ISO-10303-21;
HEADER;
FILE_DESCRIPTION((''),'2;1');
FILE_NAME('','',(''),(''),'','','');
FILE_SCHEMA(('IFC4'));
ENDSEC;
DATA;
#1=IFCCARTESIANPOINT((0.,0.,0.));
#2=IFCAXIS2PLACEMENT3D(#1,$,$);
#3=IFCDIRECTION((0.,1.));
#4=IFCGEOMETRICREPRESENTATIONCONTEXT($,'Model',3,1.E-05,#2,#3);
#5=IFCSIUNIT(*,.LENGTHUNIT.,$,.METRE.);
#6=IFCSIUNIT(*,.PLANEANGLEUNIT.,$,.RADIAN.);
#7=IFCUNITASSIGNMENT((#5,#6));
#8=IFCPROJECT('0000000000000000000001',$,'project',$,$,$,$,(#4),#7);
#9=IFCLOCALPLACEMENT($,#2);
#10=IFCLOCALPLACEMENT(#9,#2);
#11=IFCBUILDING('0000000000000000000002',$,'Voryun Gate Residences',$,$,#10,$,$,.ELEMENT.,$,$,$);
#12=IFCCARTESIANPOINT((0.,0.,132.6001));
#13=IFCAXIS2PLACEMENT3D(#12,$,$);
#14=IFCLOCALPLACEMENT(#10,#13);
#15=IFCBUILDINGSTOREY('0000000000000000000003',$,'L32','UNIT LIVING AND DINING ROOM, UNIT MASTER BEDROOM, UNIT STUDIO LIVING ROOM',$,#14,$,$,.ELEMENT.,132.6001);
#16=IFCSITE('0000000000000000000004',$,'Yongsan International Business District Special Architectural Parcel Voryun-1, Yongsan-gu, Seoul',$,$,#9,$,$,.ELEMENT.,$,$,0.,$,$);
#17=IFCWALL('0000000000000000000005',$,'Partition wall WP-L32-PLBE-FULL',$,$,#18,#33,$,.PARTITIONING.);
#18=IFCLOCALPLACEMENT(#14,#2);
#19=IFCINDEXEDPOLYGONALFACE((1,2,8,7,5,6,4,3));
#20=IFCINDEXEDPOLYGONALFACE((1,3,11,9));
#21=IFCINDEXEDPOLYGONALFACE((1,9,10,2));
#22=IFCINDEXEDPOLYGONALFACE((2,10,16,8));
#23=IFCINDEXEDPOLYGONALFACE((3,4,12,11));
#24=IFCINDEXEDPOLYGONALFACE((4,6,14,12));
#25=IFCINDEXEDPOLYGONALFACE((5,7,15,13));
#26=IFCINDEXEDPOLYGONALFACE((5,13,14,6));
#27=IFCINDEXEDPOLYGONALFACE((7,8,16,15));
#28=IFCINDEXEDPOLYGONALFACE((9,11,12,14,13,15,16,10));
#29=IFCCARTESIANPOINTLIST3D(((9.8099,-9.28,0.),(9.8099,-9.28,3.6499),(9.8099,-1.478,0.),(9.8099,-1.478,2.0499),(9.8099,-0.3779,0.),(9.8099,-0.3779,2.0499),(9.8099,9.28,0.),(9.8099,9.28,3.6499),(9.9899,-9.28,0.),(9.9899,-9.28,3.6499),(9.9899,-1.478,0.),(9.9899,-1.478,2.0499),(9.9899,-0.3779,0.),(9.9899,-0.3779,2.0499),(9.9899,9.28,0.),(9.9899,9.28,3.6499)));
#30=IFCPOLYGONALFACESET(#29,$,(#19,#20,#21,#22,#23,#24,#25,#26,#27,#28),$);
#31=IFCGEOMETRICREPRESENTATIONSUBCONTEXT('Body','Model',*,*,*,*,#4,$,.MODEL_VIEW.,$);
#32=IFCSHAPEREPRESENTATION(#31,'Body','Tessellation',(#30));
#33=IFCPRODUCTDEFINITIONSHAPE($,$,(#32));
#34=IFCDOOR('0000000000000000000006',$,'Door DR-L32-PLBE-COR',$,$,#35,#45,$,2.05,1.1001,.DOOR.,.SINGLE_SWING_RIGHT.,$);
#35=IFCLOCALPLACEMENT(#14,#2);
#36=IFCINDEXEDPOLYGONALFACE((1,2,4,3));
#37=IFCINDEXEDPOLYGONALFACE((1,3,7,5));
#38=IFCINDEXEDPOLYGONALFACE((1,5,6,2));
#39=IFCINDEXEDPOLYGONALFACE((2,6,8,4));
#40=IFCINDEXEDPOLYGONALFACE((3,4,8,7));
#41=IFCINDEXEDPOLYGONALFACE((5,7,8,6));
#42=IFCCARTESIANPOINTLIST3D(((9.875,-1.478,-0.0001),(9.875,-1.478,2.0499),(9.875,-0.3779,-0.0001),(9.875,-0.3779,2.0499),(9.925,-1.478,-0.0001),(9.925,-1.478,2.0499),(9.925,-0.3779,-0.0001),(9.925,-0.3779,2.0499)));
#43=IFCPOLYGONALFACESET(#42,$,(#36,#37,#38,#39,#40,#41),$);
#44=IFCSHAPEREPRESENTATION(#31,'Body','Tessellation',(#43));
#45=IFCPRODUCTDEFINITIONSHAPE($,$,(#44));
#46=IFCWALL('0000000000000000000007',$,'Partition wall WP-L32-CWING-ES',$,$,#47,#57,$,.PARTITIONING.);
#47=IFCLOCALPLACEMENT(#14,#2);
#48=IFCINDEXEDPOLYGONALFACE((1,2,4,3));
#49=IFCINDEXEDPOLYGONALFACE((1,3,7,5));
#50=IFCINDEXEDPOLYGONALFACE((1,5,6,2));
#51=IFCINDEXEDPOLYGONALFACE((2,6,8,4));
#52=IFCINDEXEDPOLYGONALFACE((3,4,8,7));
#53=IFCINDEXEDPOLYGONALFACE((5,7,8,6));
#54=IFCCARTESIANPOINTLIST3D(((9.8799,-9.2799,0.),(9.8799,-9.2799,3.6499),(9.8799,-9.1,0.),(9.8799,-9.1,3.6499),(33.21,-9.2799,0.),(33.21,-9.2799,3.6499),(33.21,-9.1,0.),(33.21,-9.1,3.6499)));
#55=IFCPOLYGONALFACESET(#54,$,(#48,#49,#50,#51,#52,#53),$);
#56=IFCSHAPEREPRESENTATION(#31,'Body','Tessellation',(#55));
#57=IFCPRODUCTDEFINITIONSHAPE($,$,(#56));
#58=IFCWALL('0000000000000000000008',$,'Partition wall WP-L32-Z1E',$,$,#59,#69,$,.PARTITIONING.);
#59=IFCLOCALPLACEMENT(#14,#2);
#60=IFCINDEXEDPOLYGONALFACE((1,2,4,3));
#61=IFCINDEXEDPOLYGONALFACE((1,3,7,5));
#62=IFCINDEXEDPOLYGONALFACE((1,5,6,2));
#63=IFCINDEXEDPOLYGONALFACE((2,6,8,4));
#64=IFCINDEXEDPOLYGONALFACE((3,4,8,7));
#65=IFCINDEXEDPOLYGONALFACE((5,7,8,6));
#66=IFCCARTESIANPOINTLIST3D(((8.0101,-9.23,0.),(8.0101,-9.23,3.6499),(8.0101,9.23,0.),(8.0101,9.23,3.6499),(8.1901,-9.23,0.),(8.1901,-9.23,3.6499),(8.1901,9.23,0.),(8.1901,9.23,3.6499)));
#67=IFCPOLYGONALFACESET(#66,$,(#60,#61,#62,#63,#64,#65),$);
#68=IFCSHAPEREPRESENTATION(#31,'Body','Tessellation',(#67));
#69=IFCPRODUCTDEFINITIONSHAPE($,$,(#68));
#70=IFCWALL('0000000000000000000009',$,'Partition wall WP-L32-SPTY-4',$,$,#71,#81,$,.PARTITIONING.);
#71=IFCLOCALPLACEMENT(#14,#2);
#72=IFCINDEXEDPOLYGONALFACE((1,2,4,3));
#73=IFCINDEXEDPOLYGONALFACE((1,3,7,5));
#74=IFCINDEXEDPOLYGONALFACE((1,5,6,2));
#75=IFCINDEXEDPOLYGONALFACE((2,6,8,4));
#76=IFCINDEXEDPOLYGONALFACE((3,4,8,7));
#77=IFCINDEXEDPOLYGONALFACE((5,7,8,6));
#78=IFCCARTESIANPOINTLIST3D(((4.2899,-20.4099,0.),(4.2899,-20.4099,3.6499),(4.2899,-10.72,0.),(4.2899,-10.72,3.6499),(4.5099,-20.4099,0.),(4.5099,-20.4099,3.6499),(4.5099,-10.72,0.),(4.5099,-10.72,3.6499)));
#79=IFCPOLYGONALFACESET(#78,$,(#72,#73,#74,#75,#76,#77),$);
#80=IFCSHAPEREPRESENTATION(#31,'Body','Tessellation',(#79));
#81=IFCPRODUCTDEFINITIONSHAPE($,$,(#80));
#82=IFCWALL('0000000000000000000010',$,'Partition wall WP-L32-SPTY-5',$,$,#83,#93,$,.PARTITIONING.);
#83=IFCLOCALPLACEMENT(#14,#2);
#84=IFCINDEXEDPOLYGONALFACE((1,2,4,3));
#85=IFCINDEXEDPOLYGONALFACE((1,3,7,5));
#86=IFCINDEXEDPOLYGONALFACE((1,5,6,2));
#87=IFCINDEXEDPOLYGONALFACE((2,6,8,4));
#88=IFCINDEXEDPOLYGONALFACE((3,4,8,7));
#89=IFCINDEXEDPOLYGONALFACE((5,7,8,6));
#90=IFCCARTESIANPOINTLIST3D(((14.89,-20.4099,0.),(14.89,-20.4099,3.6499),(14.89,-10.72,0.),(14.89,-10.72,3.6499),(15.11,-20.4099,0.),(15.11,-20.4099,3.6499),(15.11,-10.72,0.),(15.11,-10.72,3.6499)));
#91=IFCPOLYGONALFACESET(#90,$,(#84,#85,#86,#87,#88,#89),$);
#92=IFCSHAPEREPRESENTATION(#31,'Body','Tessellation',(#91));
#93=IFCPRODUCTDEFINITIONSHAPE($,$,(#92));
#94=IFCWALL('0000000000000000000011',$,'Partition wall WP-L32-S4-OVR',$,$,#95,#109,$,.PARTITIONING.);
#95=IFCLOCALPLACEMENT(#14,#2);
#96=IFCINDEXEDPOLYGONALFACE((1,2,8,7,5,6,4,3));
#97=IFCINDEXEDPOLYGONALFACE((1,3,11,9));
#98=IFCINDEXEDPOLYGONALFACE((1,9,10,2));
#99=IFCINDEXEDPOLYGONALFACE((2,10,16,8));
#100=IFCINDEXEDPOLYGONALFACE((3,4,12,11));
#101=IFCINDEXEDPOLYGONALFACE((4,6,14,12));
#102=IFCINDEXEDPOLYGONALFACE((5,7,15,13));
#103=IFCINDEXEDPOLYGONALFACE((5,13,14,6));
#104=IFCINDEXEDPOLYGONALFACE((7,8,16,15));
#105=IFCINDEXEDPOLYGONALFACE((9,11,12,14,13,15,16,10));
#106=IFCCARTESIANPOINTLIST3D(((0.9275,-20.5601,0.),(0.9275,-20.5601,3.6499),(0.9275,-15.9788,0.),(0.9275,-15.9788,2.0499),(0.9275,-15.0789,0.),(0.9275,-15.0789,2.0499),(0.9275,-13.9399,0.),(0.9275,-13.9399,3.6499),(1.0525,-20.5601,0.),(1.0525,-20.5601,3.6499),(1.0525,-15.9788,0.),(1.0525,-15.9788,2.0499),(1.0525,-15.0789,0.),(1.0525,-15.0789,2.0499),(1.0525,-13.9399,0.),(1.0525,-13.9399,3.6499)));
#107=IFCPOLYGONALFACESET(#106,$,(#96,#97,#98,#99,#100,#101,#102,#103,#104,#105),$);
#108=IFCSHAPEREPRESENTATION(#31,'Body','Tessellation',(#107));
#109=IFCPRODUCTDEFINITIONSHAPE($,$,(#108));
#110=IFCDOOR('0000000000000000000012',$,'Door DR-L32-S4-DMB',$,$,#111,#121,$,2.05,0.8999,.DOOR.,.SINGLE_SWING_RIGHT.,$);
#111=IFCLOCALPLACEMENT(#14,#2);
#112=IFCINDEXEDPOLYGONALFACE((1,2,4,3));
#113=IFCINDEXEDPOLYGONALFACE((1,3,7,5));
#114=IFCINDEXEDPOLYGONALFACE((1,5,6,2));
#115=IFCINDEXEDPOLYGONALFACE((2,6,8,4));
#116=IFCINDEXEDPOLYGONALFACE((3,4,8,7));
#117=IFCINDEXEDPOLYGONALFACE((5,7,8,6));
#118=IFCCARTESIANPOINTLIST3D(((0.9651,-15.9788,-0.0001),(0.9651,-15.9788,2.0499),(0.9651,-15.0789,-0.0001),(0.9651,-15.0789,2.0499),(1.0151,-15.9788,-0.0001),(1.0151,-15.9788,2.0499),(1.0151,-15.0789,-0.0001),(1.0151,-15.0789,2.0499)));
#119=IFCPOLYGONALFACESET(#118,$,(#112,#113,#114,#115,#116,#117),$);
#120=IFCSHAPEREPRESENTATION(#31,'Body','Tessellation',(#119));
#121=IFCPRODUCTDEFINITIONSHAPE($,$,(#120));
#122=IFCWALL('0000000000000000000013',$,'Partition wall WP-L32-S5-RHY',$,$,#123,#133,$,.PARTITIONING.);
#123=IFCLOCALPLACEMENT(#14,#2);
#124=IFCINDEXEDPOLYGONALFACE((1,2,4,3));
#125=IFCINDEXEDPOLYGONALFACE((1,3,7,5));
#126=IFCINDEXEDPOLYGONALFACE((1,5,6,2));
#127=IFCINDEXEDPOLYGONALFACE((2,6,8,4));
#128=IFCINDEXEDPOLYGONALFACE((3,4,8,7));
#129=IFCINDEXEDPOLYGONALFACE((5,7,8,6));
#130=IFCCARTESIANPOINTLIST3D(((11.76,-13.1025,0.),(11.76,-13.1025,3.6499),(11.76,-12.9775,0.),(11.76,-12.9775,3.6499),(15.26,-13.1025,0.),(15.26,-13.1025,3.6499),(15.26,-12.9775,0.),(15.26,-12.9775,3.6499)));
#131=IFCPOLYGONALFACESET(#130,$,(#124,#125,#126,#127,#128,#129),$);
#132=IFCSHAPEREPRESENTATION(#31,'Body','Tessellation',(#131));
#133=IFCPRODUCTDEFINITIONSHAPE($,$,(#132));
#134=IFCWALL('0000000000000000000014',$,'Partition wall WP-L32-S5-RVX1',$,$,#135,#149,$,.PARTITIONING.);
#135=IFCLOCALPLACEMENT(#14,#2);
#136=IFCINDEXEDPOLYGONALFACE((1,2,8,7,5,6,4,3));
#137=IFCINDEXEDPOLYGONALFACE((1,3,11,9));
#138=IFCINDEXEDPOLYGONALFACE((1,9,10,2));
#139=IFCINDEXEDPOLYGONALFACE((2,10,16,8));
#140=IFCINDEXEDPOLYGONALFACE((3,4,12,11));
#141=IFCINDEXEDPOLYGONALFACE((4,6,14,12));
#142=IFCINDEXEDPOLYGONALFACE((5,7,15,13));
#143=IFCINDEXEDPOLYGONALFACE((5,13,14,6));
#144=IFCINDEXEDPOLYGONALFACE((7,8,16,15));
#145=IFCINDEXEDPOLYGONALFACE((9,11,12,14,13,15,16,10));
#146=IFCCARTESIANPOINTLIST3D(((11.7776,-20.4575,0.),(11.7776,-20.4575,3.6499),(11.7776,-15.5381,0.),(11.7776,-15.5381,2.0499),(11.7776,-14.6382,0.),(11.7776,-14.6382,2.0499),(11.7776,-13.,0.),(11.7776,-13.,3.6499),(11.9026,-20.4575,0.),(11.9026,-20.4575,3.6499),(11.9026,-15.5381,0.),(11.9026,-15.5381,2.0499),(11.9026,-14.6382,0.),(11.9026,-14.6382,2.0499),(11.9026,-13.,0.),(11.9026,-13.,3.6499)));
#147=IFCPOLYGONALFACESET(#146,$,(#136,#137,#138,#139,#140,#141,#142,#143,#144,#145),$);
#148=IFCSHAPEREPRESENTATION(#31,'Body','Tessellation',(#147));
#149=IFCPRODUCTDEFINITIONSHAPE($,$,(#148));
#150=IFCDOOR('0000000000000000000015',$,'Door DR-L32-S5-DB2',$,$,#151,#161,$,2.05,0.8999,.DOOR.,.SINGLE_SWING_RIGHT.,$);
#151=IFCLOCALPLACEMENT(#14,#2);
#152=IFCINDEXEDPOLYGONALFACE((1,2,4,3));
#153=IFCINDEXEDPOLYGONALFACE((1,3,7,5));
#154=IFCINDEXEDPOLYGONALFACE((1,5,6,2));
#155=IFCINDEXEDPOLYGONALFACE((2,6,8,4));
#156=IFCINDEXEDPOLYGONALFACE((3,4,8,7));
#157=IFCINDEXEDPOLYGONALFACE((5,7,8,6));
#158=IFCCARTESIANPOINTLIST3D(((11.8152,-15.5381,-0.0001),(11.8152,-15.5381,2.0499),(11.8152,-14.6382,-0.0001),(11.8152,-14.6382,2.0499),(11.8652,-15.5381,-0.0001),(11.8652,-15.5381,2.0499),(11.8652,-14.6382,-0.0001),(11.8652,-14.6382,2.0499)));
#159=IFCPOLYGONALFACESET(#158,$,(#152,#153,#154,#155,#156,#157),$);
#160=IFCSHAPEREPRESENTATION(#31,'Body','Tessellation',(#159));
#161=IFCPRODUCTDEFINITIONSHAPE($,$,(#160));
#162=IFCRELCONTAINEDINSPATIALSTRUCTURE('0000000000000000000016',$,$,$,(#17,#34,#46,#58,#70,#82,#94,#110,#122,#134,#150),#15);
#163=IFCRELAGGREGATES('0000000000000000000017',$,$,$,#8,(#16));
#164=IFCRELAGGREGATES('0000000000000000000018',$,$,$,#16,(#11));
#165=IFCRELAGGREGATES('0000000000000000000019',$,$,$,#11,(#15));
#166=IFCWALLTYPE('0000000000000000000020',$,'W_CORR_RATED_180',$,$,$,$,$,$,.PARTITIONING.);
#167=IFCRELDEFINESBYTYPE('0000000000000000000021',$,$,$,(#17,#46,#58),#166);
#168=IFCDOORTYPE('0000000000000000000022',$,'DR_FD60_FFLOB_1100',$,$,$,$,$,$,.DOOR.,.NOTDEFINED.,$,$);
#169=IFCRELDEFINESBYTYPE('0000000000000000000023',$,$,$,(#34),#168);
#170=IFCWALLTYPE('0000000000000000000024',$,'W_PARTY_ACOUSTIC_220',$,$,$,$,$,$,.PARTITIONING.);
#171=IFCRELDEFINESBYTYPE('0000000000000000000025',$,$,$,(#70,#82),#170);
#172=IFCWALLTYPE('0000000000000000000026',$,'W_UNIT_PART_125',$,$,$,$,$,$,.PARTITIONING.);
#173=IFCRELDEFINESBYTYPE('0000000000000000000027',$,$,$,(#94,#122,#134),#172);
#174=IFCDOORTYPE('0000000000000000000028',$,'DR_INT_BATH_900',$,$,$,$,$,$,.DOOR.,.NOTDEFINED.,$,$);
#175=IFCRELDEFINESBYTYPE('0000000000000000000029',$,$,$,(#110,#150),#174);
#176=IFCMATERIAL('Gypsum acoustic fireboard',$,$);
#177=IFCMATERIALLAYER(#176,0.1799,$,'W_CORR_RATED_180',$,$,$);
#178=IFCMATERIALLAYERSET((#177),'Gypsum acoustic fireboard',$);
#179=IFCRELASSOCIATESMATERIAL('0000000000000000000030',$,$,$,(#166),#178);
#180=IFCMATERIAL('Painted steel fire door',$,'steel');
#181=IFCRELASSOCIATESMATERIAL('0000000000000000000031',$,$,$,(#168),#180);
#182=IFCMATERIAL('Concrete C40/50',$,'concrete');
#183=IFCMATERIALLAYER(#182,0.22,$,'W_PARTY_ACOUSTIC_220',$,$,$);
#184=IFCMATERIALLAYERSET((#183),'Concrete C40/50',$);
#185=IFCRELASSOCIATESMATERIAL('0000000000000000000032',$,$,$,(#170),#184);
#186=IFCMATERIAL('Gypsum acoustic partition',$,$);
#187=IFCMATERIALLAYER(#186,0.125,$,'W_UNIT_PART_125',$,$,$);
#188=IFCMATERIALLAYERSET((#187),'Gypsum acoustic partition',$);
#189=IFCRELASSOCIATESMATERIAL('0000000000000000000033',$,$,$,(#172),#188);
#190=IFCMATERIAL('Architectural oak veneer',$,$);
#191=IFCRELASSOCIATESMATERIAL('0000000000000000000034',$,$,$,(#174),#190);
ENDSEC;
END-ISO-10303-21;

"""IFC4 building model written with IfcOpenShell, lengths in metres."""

from ifc_helpers import new_model, si_unit, direction, frame, frame_2d, origin, place, context, subcontext, project, spatial, rectangle, extrude, material, layer, layer_set, type_object, element, fill, save


model = new_model("IFC4")

# Units and contexts
model_context = context("Model", 3, precision=1e-05, world=origin(), true_north=direction((0.0, 1.0)))
body_context = subcontext(model_context, "Body", "Model", "MODEL_VIEW")
ifc_project = project(units=[si_unit("LENGTHUNIT", "METRE"), si_unit("PLANEANGLEUNIT", "RADIAN")], contexts=[model_context])

# Site, building, storey
site_placement = place(None, origin())
site = spatial("IfcSite", under=ifc_project, at=site_placement, Name="Yongsan International Business District Special Architectural Parcel Voryun-1, Yongsan-gu, Seoul", CompositionType="ELEMENT", RefElevation=0.0)
building_placement = place(site_placement, origin())
building = spatial("IfcBuilding", under=site, at=building_placement, Name="Voryun Gate Residences", CompositionType="ELEMENT")
storey_placement = place(building_placement, frame((0.0, 0.0, 132.6001)))
storey = spatial("IfcBuildingStorey", under=building, at=storey_placement, Name="L32", Description="UNIT LIVING AND DINING ROOM, UNIT MASTER BEDROOM, UNIT STUDIO LIVING ROOM", CompositionType="ELEMENT", Elevation=132.6001)

# Wall, opening, door
ifc_material_1 = material(Name="Gypsum acoustic fireboard")
ifc_layer_1 = layer(ifc_material_1, 0.1799, Name="W_CORR_RATED_180")
ifc_layer_set_1 = layer_set([ifc_layer_1], Name="Gypsum acoustic fireboard")
wall_type_1 = type_object("IfcWallType", Name="W_CORR_RATED_180", PredefinedType="PARTITIONING", material=ifc_layer_set_1)
wall_1_placement = place(storey_placement, frame((9.8999, -9.28, 0.0), z_axis=(0.0, 0.0, 1.0), x_axis=(0.0, 1.0, 0.0)))
wall_1 = element("IfcWall", 1, at=wall_1_placement, inside=storey, type_object=wall_type_1, Name="Partition wall WP-L32-PLBE-FULL", PredefinedType="PARTITIONING", context=body_context, shape_type="SweptSolid", body=[
    extrude(rectangle(XDim=18.5601, YDim=0.1799, at=frame_2d((9.28, 0.0))), origin(), (0.0, 0.0, 1.0), 3.6499),
])
opening_1_placement = place(wall_1_placement, frame((7.802, 0.0, 0.0)))
opening_1 = element("IfcOpeningElement", 2, at=opening_1_placement, cuts=wall_1, PredefinedType="OPENING", context=body_context, shape_type="SweptSolid", body=[
    extrude(rectangle(XDim=1.1001, YDim=2.05, at=frame_2d((0.55, 1.0249))), frame((0.0, 0.0999, 0.0), z_axis=(0.0, -1.0, 0.0), x_axis=(1.0, 0.0, 0.0)), (0.0, 0.0, 1.0), 0.2),
])
ifc_material_2 = material(Name="Painted steel fire door", Category="steel")
door_type_1 = type_object("IfcDoorType", Name="DR_FD60_FFLOB_1100", OperationType="NOTDEFINED", PredefinedType="DOOR", material=ifc_material_2)
door_1_placement = place(opening_1_placement, origin())
door_1 = element("IfcDoor", 3, at=door_1_placement, inside=storey, type_object=door_type_1, Name="Door DR-L32-PLBE-COR", OperationType="SINGLE_SWING_RIGHT", OverallHeight=2.05, OverallWidth=1.1001, PredefinedType="DOOR", context=body_context, shape_type="SweptSolid", body=[
    extrude(rectangle(XDim=1.1001, YDim=2.05, at=frame_2d((0.55, 1.0249))), frame((0.0, 0.0249, 0.0), z_axis=(0.0, -1.0, 0.0), x_axis=(1.0, 0.0, 0.0)), (0.0, 0.0, 1.0), 0.05),
])
fill(opening_1, door_1)

# Walls
wall_2_placement = place(storey_placement, frame((9.8799, -9.1899, 0.0), z_axis=(0.0, 0.0, 1.0), x_axis=(1.0, 0.0, 0.0)))
element("IfcWall", 4, at=wall_2_placement, inside=storey, type_object=wall_type_1, Name="Partition wall WP-L32-CWING-ES", PredefinedType="PARTITIONING", context=body_context, shape_type="SweptSolid", body=[
    extrude(rectangle(XDim=23.3301, YDim=0.1799, at=frame_2d((11.665, 0.0))), origin(), (0.0, 0.0, 1.0), 3.6499),
])
wall_3_placement = place(storey_placement, frame((8.1001, -9.23, 0.0), z_axis=(0.0, 0.0, 1.0), x_axis=(0.0, 1.0, 0.0)))
element("IfcWall", 5, at=wall_3_placement, inside=storey, type_object=wall_type_1, Name="Partition wall WP-L32-Z1E", PredefinedType="PARTITIONING", context=body_context, shape_type="SweptSolid", body=[
    extrude(rectangle(XDim=18.46, YDim=0.1799, at=frame_2d((9.23, 0.0))), origin(), (0.0, 0.0, 1.0), 3.6499),
])
ifc_material_3 = material(Name="Concrete C40/50", Category="concrete")
ifc_layer_2 = layer(ifc_material_3, 0.22, Name="W_PARTY_ACOUSTIC_220")
ifc_layer_set_2 = layer_set([ifc_layer_2], Name="Concrete C40/50")
wall_type_2 = type_object("IfcWallType", Name="W_PARTY_ACOUSTIC_220", PredefinedType="PARTITIONING", material=ifc_layer_set_2)
for number, where, z_axis, x_axis, name in (
    (6, (4.3999, -20.4099, 0.0), (0.0, 0.0, 1.0), (0.0, 1.0, 0.0), "Partition wall WP-L32-SPTY-4"),
    (7, (15.0, -20.4099, 0.0), (0.0, 0.0, 1.0), (0.0, 1.0, 0.0), "Partition wall WP-L32-SPTY-5"),
):
    element("IfcWall", number, at=place(storey_placement, frame(where, z_axis=z_axis, x_axis=x_axis)), inside=storey, type_object=wall_type_2, Name=name, PredefinedType="PARTITIONING", context=body_context, shape_type="SweptSolid", body=[
        extrude(rectangle(XDim=9.6899, YDim=0.22, at=frame_2d((4.845, 0.0))), origin(), (0.0, 0.0, 1.0), 3.6499),
    ])

# Wall, opening, door
ifc_material_4 = material(Name="Gypsum acoustic partition")
ifc_layer_3 = layer(ifc_material_4, 0.125, Name="W_UNIT_PART_125")
ifc_layer_set_3 = layer_set([ifc_layer_3], Name="Gypsum acoustic partition")
wall_type_3 = type_object("IfcWallType", Name="W_UNIT_PART_125", PredefinedType="PARTITIONING", material=ifc_layer_set_3)
wall_4_placement = place(storey_placement, frame((0.99, -20.5601, 0.0), z_axis=(0.0, 0.0, 1.0), x_axis=(0.0, 1.0, 0.0)))
wall_4 = element("IfcWall", 8, at=wall_4_placement, inside=storey, type_object=wall_type_3, Name="Partition wall WP-L32-S4-OVR", PredefinedType="PARTITIONING", context=body_context, shape_type="SweptSolid", body=[
    extrude(rectangle(XDim=6.6201, YDim=0.125, at=frame_2d((3.3101, 0.0))), origin(), (0.0, 0.0, 1.0), 3.6499),
])
opening_2_placement = place(wall_4_placement, frame((4.5813, 0.0, 0.0)))
opening_2 = element("IfcOpeningElement", 9, at=opening_2_placement, cuts=wall_4, PredefinedType="OPENING", context=body_context, shape_type="SweptSolid", body=[
    extrude(rectangle(XDim=0.8999, YDim=2.05, at=frame_2d((0.45, 1.0249))), frame((0.0, 0.0725, 0.0), z_axis=(0.0, -1.0, 0.0), x_axis=(1.0, 0.0, 0.0)), (0.0, 0.0, 1.0), 0.145),
])
ifc_material_5 = material(Name="Architectural oak veneer")
door_type_2 = type_object("IfcDoorType", Name="DR_INT_BATH_900", OperationType="NOTDEFINED", PredefinedType="DOOR", material=ifc_material_5)
door_2_placement = place(opening_2_placement, origin())
door_2 = element("IfcDoor", 10, at=door_2_placement, inside=storey, type_object=door_type_2, Name="Door DR-L32-S4-DMB", OperationType="SINGLE_SWING_RIGHT", OverallHeight=2.05, OverallWidth=0.8999, PredefinedType="DOOR", context=body_context, shape_type="SweptSolid", body=[
    extrude(rectangle(XDim=0.8999, YDim=2.05, at=frame_2d((0.45, 1.0249))), frame((0.0, 0.0249, 0.0), z_axis=(0.0, -1.0, 0.0), x_axis=(1.0, 0.0, 0.0)), (0.0, 0.0, 1.0), 0.05),
])
fill(opening_2, door_2)

# Wall
wall_5_placement = place(storey_placement, frame((11.76, -13.04, 0.0), z_axis=(0.0, 0.0, 1.0), x_axis=(1.0, 0.0, 0.0)))
element("IfcWall", 11, at=wall_5_placement, inside=storey, type_object=wall_type_3, Name="Partition wall WP-L32-S5-RHY", PredefinedType="PARTITIONING", context=body_context, shape_type="SweptSolid", body=[
    extrude(rectangle(XDim=3.5, YDim=0.125, at=frame_2d((1.75, 0.0))), origin(), (0.0, 0.0, 1.0), 3.6499),
])

# Wall, opening, door
wall_6_placement = place(storey_placement, frame((11.8401, -20.4575, 0.0), z_axis=(0.0, 0.0, 1.0), x_axis=(0.0, 1.0, 0.0)))
wall_6 = element("IfcWall", 12, at=wall_6_placement, inside=storey, type_object=wall_type_3, Name="Partition wall WP-L32-S5-RVX1", PredefinedType="PARTITIONING", context=body_context, shape_type="SweptSolid", body=[
    extrude(rectangle(XDim=7.4575, YDim=0.125, at=frame_2d((3.7288, 0.0))), origin(), (0.0, 0.0, 1.0), 3.6499),
])
opening_3_placement = place(wall_6_placement, frame((4.9194, 0.0, 0.0)))
opening_3 = element("IfcOpeningElement", 13, at=opening_3_placement, cuts=wall_6, PredefinedType="OPENING", context=body_context, shape_type="SweptSolid", body=[
    extrude(rectangle(XDim=0.8999, YDim=2.05, at=frame_2d((0.45, 1.0249))), frame((0.0, 0.0725, 0.0), z_axis=(0.0, -1.0, 0.0), x_axis=(1.0, 0.0, 0.0)), (0.0, 0.0, 1.0), 0.145),
])
door_3_placement = place(opening_3_placement, origin())
door_3 = element("IfcDoor", 14, at=door_3_placement, inside=storey, type_object=door_type_2, Name="Door DR-L32-S5-DB2", OperationType="SINGLE_SWING_RIGHT", OverallHeight=2.05, OverallWidth=0.8999, PredefinedType="DOOR", context=body_context, shape_type="SweptSolid", body=[
    extrude(rectangle(XDim=0.8999, YDim=2.05, at=frame_2d((0.45, 1.0249))), frame((0.0, 0.0249, 0.0), z_axis=(0.0, -1.0, 0.0), x_axis=(1.0, 0.0, 0.0)), (0.0, 0.0, 1.0), 0.05),
])
fill(opening_3, door_3)

save(model, "model.ifc")
